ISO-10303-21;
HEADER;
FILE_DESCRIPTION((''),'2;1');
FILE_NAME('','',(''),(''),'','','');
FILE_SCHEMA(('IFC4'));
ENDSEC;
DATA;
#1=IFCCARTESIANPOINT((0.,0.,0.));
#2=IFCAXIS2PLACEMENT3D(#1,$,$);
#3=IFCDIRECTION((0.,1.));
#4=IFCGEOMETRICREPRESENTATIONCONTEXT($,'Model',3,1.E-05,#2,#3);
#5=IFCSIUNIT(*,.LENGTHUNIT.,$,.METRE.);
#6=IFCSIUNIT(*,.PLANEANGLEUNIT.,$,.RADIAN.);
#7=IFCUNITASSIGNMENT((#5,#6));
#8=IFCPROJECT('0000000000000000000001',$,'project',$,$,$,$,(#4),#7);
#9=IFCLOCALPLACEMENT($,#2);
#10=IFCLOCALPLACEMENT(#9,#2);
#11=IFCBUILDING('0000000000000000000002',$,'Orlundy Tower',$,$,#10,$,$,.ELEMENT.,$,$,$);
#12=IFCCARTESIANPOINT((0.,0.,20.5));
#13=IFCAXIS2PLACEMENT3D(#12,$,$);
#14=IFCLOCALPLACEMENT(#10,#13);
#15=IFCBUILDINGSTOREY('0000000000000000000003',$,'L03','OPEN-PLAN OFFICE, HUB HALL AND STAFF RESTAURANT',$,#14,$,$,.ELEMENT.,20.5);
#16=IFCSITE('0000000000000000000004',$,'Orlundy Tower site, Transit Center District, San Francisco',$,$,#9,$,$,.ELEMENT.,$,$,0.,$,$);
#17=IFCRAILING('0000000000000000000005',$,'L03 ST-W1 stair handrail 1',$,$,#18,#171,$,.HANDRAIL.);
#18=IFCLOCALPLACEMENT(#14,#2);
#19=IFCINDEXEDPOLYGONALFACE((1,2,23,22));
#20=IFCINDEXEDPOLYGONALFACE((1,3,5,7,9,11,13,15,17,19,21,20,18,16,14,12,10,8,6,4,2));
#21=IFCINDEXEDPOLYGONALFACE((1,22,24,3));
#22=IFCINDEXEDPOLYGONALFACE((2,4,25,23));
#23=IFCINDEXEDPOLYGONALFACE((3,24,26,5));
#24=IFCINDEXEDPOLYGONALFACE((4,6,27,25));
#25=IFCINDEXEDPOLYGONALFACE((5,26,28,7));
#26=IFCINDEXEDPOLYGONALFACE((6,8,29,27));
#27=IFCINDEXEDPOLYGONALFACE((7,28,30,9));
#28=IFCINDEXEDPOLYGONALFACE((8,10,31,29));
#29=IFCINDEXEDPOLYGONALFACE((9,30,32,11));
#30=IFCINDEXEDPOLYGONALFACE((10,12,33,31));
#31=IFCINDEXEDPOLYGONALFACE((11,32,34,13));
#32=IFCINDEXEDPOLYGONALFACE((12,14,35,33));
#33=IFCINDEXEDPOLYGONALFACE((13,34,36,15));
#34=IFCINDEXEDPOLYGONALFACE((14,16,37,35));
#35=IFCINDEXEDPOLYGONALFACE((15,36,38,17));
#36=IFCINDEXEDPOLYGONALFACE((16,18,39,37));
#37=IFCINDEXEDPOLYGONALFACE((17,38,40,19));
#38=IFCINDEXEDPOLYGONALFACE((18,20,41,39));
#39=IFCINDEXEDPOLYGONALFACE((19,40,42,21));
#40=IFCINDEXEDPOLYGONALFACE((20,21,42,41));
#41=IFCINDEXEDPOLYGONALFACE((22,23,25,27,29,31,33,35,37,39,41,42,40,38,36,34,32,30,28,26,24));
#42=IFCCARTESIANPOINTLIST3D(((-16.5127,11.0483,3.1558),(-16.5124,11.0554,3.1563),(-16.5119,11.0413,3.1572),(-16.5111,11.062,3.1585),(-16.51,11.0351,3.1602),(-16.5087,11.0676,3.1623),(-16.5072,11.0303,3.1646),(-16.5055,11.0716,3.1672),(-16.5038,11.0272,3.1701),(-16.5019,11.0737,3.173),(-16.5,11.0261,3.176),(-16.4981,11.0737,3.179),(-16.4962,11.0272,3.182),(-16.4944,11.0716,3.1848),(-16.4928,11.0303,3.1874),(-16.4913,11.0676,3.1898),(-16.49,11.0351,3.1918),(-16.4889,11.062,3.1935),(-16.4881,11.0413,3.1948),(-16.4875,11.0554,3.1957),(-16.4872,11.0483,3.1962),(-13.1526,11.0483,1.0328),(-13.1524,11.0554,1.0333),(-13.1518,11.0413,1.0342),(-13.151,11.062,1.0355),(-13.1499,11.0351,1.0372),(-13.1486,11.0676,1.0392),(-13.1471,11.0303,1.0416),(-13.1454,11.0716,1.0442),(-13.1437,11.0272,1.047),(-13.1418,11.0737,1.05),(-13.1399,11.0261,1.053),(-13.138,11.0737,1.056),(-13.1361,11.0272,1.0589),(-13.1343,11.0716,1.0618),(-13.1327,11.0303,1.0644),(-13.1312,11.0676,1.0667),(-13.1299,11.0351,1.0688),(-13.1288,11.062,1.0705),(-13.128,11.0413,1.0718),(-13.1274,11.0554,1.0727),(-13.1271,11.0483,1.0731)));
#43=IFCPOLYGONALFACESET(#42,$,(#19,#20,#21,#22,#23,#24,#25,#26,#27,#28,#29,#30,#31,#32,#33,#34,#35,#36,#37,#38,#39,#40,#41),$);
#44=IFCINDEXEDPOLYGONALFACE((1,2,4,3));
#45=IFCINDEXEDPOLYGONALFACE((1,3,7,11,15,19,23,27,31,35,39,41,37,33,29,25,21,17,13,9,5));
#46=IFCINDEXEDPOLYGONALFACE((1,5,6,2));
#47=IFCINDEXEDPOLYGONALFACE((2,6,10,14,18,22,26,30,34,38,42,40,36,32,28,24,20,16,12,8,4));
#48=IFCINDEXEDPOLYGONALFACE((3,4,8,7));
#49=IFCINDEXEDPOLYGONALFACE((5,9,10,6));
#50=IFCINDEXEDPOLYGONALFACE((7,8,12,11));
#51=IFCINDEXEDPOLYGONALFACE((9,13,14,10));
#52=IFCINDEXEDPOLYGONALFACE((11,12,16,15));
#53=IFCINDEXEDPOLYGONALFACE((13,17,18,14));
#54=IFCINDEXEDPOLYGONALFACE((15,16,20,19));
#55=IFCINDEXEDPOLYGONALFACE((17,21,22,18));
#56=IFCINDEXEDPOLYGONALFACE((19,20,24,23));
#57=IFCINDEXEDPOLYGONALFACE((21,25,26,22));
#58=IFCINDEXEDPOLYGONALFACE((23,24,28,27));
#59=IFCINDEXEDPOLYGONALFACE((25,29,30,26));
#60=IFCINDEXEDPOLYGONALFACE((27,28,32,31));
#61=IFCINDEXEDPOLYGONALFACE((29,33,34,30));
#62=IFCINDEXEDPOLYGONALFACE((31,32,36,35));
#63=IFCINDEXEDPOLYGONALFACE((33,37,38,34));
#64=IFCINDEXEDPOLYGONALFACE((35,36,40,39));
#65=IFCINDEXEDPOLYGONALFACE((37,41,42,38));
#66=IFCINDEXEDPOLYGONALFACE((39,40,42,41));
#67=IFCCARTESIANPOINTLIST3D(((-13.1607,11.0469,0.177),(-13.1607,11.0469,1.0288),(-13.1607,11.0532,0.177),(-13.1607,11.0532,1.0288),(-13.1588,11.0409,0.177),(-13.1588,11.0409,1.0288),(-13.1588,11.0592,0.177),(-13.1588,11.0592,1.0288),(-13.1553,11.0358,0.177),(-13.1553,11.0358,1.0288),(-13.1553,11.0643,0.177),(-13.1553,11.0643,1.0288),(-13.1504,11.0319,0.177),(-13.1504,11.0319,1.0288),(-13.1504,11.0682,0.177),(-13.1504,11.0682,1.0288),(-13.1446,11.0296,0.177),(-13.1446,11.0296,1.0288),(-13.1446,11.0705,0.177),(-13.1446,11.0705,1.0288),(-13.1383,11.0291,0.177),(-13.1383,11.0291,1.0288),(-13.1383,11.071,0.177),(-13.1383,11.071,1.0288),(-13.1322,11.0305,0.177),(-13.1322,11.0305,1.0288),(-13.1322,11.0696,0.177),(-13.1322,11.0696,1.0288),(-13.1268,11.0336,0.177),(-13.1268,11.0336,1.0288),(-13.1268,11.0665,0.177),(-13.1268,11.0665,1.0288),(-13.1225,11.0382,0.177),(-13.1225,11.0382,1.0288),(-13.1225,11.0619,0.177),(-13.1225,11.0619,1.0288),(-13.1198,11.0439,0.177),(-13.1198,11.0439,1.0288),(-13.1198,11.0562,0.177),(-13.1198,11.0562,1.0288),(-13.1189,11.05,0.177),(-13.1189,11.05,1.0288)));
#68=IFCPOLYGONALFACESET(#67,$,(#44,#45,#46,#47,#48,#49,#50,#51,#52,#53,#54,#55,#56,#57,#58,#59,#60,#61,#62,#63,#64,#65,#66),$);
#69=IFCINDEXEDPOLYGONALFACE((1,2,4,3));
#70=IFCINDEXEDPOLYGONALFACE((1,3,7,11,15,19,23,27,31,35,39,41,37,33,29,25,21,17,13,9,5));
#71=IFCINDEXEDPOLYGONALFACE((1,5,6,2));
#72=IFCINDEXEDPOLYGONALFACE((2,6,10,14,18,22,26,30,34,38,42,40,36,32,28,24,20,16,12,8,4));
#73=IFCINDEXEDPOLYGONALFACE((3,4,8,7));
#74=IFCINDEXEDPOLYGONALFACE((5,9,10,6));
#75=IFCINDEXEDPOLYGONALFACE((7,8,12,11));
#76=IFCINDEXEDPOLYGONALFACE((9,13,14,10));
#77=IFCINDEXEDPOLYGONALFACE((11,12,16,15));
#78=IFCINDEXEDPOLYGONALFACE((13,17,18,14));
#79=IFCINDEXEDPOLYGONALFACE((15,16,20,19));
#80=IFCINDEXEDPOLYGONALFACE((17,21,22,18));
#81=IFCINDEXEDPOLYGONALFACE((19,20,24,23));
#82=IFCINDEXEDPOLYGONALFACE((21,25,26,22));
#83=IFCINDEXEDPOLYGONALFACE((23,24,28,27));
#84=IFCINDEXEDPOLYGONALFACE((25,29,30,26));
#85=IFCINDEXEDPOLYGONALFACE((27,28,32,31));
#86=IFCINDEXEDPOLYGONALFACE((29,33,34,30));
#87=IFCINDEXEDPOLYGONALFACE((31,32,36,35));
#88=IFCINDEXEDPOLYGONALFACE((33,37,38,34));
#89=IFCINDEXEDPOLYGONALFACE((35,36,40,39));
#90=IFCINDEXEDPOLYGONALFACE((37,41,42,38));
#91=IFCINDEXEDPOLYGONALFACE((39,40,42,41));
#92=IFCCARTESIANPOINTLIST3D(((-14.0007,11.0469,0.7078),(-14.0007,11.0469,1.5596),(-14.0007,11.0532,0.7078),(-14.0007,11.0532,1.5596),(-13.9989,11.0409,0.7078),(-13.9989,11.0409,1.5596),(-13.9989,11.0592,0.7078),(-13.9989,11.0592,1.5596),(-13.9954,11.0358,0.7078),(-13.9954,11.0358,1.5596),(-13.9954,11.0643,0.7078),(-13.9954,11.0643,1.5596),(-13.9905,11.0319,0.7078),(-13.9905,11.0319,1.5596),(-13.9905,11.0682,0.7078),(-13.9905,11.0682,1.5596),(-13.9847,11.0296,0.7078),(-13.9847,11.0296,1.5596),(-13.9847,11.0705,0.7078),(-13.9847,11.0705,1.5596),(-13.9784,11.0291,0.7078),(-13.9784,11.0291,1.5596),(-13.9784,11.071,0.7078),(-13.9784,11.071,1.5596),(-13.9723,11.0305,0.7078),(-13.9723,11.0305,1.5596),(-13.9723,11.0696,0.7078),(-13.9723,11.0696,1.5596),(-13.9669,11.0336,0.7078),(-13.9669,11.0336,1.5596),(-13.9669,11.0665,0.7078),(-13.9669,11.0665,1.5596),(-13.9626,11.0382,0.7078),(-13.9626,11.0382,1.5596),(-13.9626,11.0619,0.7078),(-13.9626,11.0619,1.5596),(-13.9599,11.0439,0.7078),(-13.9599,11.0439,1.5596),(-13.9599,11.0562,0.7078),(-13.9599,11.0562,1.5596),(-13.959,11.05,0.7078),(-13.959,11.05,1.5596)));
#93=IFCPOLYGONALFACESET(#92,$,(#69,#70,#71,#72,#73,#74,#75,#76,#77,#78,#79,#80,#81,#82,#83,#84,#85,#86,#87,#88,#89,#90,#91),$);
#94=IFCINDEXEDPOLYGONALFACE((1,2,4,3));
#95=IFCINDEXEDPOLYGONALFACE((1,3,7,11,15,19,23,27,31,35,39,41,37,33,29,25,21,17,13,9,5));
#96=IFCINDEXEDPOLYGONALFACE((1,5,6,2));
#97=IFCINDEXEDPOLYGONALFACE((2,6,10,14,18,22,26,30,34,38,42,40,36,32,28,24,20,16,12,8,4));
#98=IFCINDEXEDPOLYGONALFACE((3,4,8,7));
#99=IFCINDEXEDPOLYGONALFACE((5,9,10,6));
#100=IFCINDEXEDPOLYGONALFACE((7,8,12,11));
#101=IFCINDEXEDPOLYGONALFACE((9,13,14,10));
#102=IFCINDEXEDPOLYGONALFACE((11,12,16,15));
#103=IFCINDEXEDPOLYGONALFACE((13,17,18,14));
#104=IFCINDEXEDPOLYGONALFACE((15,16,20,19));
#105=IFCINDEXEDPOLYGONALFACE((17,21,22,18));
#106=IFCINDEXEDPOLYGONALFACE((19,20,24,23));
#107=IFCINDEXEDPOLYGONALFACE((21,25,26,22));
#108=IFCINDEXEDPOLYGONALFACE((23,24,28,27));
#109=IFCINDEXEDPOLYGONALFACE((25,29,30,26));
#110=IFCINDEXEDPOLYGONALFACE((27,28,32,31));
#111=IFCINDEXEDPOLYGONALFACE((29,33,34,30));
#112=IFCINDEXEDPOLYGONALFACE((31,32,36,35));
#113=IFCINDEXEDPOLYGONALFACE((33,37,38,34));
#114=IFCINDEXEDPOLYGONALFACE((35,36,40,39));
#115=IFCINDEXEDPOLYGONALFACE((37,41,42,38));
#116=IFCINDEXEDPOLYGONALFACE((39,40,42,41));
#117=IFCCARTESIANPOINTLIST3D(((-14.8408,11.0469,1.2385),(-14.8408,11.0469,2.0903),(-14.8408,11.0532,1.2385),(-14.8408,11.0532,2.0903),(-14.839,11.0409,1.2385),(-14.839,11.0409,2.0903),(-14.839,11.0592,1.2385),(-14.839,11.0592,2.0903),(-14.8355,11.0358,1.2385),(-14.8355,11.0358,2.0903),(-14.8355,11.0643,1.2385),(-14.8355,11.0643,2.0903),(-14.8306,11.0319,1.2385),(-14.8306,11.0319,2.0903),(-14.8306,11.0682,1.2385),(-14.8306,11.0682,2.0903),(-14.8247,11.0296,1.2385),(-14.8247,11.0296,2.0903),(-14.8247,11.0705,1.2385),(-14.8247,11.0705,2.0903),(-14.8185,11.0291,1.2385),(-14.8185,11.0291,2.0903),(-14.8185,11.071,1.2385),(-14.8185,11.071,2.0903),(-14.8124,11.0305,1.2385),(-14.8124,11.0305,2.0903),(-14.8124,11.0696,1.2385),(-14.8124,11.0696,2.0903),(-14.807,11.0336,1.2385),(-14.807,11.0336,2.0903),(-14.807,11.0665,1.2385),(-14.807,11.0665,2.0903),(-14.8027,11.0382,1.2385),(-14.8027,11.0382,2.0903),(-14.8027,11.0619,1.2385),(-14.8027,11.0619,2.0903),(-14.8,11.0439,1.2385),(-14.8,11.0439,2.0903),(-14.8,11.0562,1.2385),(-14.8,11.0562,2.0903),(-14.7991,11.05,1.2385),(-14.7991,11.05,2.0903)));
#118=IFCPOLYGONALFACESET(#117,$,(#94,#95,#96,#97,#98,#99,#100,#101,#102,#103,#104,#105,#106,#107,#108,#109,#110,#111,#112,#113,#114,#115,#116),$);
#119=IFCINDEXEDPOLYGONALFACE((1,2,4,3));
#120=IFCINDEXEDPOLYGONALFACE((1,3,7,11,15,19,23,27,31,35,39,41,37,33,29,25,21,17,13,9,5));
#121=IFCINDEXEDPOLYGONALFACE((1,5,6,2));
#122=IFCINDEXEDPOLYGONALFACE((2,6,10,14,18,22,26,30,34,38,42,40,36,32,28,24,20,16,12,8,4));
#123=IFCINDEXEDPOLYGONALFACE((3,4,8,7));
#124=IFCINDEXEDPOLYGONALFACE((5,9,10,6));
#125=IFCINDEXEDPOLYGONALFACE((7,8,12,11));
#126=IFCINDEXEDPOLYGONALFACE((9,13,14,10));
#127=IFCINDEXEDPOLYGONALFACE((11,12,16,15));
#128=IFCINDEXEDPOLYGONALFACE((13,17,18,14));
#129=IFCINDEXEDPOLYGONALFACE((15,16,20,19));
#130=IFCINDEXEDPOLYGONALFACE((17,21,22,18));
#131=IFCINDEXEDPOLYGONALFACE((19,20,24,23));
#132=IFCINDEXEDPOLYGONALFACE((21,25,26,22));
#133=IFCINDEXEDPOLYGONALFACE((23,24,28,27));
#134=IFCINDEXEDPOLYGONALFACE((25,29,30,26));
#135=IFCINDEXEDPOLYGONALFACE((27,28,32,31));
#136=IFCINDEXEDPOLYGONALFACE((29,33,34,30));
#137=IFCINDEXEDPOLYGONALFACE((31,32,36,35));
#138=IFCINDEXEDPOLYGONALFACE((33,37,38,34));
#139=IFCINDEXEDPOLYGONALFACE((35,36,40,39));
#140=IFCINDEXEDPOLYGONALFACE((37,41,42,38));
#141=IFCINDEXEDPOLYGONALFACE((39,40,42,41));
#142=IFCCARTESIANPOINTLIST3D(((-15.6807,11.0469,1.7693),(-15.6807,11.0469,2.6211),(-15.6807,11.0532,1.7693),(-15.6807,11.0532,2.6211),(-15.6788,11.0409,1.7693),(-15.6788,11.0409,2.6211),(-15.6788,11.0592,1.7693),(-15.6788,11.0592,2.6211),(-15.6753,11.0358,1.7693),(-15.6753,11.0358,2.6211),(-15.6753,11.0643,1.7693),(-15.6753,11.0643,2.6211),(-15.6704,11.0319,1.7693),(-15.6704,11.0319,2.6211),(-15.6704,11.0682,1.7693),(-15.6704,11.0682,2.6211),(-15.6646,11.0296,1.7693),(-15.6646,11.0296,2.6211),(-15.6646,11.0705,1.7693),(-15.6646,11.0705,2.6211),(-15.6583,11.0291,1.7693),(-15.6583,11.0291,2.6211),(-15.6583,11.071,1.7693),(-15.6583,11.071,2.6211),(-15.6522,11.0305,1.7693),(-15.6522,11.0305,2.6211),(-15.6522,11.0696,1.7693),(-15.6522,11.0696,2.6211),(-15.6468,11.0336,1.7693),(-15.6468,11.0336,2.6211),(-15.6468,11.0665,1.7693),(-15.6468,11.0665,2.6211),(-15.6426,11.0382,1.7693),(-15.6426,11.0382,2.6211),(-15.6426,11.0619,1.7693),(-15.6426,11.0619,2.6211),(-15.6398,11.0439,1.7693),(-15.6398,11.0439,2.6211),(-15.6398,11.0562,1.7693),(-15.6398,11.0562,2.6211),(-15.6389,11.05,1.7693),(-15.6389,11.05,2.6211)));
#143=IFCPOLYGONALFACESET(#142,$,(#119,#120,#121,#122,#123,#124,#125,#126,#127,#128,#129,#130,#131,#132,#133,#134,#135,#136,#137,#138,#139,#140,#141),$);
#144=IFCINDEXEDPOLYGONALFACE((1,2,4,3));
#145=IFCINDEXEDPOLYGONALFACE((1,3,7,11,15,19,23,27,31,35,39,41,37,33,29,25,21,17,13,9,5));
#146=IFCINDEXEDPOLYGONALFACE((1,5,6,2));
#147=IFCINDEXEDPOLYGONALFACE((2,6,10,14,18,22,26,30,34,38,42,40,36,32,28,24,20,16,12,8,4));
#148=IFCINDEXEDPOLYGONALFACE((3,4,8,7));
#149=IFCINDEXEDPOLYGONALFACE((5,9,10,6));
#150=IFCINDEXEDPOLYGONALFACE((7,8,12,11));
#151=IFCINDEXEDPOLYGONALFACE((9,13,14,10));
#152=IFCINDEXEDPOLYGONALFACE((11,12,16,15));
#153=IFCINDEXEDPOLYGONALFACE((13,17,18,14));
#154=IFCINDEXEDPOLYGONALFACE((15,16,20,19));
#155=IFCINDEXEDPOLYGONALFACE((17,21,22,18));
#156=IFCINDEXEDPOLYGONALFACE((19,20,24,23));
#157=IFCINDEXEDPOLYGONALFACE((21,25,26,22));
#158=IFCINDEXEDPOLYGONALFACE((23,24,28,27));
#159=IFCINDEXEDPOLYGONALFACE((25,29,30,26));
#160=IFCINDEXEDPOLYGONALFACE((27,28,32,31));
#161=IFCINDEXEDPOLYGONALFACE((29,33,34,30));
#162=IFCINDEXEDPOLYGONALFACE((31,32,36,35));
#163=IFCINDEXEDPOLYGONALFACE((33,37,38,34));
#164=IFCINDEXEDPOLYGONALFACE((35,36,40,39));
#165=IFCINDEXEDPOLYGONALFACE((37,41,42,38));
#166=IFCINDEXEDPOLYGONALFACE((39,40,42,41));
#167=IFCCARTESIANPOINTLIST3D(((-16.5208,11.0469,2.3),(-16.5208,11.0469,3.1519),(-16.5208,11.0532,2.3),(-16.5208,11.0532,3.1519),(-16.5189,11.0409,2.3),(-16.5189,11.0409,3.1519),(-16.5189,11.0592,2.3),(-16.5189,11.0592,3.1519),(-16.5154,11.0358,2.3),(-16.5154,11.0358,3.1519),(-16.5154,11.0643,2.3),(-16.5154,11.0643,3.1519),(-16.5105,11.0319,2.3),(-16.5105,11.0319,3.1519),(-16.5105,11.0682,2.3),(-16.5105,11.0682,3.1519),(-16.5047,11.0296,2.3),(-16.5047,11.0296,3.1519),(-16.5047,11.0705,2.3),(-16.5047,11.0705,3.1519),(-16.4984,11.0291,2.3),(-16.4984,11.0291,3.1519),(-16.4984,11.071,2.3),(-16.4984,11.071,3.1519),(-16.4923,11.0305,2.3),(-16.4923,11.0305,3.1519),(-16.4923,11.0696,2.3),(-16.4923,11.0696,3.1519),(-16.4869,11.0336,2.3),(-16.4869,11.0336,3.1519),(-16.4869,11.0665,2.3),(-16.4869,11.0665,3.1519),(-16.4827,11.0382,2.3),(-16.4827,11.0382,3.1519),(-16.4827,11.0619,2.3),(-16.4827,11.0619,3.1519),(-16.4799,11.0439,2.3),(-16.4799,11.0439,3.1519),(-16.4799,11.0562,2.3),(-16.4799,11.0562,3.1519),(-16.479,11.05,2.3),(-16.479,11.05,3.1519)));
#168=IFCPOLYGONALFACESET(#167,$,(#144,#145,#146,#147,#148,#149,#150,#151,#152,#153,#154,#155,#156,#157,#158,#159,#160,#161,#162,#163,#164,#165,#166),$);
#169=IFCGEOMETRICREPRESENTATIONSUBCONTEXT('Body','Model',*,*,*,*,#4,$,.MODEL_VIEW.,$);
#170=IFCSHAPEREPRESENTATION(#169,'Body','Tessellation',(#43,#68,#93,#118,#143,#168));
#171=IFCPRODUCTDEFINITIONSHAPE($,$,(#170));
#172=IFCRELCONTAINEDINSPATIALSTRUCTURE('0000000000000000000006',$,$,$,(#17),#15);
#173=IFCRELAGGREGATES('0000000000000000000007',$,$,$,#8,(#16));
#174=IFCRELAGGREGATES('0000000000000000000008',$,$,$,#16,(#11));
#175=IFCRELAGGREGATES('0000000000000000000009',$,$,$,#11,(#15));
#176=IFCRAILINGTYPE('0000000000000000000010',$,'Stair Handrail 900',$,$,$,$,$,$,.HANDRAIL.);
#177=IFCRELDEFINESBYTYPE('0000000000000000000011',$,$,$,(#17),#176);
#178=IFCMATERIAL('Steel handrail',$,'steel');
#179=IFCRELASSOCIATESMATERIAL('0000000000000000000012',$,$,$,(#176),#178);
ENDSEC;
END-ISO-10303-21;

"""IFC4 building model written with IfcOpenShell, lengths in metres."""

from ifc_helpers import new_model, si_unit, direction, frame, origin, origin_2d, place, context, subcontext, project, spatial, circle, extrude, material, type_object, element, save


model = new_model("IFC4")

# Units and contexts
model_context = context("Model", 3, precision=1e-05, world=origin(), true_north=direction((0.0, 1.0)))
body_context = subcontext(model_context, "Body", "Model", "MODEL_VIEW")
ifc_project = project(units=[si_unit("LENGTHUNIT", "METRE"), si_unit("PLANEANGLEUNIT", "RADIAN")], contexts=[model_context])

# Site, building, storey
site_placement = place(None, origin())
site = spatial("IfcSite", under=ifc_project, at=site_placement, Name="Orlundy Tower site, Transit Center District, San Francisco", CompositionType="ELEMENT", RefElevation=0.0)
building_placement = place(site_placement, origin())
building = spatial("IfcBuilding", under=site, at=building_placement, Name="Orlundy Tower", CompositionType="ELEMENT")
storey_placement = place(building_placement, frame((0.0, 0.0, 20.5)))
storey = spatial("IfcBuildingStorey", under=building, at=storey_placement, Name="L03", Description="OPEN-PLAN OFFICE, HUB HALL AND STAFF RESTAURANT", CompositionType="ELEMENT", Elevation=20.5)

# Railing
ifc_material_1 = material(Name="Steel handrail", Category="steel")
railing_type_1 = type_object("IfcRailingType", Name="Stair Handrail 900", PredefinedType="HANDRAIL", material=ifc_material_1)
railing_1_placement = place(storey_placement, frame((-13.1399, 11.05, 0.177)))
element("IfcRailing", 1, at=railing_1_placement, inside=storey, type_object=railing_type_1, Name="L03 ST-W1 stair handrail 1", PredefinedType="HANDRAIL", context=body_context, shape_type="SweptSolid", body=[
    extrude(circle(Radius=0.0239, at=origin_2d()), frame((0.0, 0.0, 0.876), z_axis=(-0.84539, 0.0, 0.53415), x_axis=(0.0, -1.0, 0.0)), (0.0, 0.0, 1.0), 3.9746),
    extrude(circle(Radius=0.021, at=origin_2d()), origin(), (0.0, 0.0, 1.0), 0.8518),
    extrude(circle(Radius=0.021, at=origin_2d()), frame((-0.8401, 0.0, 0.5308)), (0.0, 0.0, 1.0), 0.8518),
    extrude(circle(Radius=0.021, at=origin_2d()), frame((-1.6802, 0.0, 1.0615)), (0.0, 0.0, 1.0), 0.8518),
    extrude(circle(Radius=0.021, at=origin_2d()), frame((-2.52, 0.0, 1.5923)), (0.0, 0.0, 1.0), 0.8518),
    extrude(circle(Radius=0.021, at=origin_2d()), frame((-3.3601, 0.0, 2.123)), (0.0, 0.0, 1.0), 0.8518),
])

save(model, "model.ifc")
